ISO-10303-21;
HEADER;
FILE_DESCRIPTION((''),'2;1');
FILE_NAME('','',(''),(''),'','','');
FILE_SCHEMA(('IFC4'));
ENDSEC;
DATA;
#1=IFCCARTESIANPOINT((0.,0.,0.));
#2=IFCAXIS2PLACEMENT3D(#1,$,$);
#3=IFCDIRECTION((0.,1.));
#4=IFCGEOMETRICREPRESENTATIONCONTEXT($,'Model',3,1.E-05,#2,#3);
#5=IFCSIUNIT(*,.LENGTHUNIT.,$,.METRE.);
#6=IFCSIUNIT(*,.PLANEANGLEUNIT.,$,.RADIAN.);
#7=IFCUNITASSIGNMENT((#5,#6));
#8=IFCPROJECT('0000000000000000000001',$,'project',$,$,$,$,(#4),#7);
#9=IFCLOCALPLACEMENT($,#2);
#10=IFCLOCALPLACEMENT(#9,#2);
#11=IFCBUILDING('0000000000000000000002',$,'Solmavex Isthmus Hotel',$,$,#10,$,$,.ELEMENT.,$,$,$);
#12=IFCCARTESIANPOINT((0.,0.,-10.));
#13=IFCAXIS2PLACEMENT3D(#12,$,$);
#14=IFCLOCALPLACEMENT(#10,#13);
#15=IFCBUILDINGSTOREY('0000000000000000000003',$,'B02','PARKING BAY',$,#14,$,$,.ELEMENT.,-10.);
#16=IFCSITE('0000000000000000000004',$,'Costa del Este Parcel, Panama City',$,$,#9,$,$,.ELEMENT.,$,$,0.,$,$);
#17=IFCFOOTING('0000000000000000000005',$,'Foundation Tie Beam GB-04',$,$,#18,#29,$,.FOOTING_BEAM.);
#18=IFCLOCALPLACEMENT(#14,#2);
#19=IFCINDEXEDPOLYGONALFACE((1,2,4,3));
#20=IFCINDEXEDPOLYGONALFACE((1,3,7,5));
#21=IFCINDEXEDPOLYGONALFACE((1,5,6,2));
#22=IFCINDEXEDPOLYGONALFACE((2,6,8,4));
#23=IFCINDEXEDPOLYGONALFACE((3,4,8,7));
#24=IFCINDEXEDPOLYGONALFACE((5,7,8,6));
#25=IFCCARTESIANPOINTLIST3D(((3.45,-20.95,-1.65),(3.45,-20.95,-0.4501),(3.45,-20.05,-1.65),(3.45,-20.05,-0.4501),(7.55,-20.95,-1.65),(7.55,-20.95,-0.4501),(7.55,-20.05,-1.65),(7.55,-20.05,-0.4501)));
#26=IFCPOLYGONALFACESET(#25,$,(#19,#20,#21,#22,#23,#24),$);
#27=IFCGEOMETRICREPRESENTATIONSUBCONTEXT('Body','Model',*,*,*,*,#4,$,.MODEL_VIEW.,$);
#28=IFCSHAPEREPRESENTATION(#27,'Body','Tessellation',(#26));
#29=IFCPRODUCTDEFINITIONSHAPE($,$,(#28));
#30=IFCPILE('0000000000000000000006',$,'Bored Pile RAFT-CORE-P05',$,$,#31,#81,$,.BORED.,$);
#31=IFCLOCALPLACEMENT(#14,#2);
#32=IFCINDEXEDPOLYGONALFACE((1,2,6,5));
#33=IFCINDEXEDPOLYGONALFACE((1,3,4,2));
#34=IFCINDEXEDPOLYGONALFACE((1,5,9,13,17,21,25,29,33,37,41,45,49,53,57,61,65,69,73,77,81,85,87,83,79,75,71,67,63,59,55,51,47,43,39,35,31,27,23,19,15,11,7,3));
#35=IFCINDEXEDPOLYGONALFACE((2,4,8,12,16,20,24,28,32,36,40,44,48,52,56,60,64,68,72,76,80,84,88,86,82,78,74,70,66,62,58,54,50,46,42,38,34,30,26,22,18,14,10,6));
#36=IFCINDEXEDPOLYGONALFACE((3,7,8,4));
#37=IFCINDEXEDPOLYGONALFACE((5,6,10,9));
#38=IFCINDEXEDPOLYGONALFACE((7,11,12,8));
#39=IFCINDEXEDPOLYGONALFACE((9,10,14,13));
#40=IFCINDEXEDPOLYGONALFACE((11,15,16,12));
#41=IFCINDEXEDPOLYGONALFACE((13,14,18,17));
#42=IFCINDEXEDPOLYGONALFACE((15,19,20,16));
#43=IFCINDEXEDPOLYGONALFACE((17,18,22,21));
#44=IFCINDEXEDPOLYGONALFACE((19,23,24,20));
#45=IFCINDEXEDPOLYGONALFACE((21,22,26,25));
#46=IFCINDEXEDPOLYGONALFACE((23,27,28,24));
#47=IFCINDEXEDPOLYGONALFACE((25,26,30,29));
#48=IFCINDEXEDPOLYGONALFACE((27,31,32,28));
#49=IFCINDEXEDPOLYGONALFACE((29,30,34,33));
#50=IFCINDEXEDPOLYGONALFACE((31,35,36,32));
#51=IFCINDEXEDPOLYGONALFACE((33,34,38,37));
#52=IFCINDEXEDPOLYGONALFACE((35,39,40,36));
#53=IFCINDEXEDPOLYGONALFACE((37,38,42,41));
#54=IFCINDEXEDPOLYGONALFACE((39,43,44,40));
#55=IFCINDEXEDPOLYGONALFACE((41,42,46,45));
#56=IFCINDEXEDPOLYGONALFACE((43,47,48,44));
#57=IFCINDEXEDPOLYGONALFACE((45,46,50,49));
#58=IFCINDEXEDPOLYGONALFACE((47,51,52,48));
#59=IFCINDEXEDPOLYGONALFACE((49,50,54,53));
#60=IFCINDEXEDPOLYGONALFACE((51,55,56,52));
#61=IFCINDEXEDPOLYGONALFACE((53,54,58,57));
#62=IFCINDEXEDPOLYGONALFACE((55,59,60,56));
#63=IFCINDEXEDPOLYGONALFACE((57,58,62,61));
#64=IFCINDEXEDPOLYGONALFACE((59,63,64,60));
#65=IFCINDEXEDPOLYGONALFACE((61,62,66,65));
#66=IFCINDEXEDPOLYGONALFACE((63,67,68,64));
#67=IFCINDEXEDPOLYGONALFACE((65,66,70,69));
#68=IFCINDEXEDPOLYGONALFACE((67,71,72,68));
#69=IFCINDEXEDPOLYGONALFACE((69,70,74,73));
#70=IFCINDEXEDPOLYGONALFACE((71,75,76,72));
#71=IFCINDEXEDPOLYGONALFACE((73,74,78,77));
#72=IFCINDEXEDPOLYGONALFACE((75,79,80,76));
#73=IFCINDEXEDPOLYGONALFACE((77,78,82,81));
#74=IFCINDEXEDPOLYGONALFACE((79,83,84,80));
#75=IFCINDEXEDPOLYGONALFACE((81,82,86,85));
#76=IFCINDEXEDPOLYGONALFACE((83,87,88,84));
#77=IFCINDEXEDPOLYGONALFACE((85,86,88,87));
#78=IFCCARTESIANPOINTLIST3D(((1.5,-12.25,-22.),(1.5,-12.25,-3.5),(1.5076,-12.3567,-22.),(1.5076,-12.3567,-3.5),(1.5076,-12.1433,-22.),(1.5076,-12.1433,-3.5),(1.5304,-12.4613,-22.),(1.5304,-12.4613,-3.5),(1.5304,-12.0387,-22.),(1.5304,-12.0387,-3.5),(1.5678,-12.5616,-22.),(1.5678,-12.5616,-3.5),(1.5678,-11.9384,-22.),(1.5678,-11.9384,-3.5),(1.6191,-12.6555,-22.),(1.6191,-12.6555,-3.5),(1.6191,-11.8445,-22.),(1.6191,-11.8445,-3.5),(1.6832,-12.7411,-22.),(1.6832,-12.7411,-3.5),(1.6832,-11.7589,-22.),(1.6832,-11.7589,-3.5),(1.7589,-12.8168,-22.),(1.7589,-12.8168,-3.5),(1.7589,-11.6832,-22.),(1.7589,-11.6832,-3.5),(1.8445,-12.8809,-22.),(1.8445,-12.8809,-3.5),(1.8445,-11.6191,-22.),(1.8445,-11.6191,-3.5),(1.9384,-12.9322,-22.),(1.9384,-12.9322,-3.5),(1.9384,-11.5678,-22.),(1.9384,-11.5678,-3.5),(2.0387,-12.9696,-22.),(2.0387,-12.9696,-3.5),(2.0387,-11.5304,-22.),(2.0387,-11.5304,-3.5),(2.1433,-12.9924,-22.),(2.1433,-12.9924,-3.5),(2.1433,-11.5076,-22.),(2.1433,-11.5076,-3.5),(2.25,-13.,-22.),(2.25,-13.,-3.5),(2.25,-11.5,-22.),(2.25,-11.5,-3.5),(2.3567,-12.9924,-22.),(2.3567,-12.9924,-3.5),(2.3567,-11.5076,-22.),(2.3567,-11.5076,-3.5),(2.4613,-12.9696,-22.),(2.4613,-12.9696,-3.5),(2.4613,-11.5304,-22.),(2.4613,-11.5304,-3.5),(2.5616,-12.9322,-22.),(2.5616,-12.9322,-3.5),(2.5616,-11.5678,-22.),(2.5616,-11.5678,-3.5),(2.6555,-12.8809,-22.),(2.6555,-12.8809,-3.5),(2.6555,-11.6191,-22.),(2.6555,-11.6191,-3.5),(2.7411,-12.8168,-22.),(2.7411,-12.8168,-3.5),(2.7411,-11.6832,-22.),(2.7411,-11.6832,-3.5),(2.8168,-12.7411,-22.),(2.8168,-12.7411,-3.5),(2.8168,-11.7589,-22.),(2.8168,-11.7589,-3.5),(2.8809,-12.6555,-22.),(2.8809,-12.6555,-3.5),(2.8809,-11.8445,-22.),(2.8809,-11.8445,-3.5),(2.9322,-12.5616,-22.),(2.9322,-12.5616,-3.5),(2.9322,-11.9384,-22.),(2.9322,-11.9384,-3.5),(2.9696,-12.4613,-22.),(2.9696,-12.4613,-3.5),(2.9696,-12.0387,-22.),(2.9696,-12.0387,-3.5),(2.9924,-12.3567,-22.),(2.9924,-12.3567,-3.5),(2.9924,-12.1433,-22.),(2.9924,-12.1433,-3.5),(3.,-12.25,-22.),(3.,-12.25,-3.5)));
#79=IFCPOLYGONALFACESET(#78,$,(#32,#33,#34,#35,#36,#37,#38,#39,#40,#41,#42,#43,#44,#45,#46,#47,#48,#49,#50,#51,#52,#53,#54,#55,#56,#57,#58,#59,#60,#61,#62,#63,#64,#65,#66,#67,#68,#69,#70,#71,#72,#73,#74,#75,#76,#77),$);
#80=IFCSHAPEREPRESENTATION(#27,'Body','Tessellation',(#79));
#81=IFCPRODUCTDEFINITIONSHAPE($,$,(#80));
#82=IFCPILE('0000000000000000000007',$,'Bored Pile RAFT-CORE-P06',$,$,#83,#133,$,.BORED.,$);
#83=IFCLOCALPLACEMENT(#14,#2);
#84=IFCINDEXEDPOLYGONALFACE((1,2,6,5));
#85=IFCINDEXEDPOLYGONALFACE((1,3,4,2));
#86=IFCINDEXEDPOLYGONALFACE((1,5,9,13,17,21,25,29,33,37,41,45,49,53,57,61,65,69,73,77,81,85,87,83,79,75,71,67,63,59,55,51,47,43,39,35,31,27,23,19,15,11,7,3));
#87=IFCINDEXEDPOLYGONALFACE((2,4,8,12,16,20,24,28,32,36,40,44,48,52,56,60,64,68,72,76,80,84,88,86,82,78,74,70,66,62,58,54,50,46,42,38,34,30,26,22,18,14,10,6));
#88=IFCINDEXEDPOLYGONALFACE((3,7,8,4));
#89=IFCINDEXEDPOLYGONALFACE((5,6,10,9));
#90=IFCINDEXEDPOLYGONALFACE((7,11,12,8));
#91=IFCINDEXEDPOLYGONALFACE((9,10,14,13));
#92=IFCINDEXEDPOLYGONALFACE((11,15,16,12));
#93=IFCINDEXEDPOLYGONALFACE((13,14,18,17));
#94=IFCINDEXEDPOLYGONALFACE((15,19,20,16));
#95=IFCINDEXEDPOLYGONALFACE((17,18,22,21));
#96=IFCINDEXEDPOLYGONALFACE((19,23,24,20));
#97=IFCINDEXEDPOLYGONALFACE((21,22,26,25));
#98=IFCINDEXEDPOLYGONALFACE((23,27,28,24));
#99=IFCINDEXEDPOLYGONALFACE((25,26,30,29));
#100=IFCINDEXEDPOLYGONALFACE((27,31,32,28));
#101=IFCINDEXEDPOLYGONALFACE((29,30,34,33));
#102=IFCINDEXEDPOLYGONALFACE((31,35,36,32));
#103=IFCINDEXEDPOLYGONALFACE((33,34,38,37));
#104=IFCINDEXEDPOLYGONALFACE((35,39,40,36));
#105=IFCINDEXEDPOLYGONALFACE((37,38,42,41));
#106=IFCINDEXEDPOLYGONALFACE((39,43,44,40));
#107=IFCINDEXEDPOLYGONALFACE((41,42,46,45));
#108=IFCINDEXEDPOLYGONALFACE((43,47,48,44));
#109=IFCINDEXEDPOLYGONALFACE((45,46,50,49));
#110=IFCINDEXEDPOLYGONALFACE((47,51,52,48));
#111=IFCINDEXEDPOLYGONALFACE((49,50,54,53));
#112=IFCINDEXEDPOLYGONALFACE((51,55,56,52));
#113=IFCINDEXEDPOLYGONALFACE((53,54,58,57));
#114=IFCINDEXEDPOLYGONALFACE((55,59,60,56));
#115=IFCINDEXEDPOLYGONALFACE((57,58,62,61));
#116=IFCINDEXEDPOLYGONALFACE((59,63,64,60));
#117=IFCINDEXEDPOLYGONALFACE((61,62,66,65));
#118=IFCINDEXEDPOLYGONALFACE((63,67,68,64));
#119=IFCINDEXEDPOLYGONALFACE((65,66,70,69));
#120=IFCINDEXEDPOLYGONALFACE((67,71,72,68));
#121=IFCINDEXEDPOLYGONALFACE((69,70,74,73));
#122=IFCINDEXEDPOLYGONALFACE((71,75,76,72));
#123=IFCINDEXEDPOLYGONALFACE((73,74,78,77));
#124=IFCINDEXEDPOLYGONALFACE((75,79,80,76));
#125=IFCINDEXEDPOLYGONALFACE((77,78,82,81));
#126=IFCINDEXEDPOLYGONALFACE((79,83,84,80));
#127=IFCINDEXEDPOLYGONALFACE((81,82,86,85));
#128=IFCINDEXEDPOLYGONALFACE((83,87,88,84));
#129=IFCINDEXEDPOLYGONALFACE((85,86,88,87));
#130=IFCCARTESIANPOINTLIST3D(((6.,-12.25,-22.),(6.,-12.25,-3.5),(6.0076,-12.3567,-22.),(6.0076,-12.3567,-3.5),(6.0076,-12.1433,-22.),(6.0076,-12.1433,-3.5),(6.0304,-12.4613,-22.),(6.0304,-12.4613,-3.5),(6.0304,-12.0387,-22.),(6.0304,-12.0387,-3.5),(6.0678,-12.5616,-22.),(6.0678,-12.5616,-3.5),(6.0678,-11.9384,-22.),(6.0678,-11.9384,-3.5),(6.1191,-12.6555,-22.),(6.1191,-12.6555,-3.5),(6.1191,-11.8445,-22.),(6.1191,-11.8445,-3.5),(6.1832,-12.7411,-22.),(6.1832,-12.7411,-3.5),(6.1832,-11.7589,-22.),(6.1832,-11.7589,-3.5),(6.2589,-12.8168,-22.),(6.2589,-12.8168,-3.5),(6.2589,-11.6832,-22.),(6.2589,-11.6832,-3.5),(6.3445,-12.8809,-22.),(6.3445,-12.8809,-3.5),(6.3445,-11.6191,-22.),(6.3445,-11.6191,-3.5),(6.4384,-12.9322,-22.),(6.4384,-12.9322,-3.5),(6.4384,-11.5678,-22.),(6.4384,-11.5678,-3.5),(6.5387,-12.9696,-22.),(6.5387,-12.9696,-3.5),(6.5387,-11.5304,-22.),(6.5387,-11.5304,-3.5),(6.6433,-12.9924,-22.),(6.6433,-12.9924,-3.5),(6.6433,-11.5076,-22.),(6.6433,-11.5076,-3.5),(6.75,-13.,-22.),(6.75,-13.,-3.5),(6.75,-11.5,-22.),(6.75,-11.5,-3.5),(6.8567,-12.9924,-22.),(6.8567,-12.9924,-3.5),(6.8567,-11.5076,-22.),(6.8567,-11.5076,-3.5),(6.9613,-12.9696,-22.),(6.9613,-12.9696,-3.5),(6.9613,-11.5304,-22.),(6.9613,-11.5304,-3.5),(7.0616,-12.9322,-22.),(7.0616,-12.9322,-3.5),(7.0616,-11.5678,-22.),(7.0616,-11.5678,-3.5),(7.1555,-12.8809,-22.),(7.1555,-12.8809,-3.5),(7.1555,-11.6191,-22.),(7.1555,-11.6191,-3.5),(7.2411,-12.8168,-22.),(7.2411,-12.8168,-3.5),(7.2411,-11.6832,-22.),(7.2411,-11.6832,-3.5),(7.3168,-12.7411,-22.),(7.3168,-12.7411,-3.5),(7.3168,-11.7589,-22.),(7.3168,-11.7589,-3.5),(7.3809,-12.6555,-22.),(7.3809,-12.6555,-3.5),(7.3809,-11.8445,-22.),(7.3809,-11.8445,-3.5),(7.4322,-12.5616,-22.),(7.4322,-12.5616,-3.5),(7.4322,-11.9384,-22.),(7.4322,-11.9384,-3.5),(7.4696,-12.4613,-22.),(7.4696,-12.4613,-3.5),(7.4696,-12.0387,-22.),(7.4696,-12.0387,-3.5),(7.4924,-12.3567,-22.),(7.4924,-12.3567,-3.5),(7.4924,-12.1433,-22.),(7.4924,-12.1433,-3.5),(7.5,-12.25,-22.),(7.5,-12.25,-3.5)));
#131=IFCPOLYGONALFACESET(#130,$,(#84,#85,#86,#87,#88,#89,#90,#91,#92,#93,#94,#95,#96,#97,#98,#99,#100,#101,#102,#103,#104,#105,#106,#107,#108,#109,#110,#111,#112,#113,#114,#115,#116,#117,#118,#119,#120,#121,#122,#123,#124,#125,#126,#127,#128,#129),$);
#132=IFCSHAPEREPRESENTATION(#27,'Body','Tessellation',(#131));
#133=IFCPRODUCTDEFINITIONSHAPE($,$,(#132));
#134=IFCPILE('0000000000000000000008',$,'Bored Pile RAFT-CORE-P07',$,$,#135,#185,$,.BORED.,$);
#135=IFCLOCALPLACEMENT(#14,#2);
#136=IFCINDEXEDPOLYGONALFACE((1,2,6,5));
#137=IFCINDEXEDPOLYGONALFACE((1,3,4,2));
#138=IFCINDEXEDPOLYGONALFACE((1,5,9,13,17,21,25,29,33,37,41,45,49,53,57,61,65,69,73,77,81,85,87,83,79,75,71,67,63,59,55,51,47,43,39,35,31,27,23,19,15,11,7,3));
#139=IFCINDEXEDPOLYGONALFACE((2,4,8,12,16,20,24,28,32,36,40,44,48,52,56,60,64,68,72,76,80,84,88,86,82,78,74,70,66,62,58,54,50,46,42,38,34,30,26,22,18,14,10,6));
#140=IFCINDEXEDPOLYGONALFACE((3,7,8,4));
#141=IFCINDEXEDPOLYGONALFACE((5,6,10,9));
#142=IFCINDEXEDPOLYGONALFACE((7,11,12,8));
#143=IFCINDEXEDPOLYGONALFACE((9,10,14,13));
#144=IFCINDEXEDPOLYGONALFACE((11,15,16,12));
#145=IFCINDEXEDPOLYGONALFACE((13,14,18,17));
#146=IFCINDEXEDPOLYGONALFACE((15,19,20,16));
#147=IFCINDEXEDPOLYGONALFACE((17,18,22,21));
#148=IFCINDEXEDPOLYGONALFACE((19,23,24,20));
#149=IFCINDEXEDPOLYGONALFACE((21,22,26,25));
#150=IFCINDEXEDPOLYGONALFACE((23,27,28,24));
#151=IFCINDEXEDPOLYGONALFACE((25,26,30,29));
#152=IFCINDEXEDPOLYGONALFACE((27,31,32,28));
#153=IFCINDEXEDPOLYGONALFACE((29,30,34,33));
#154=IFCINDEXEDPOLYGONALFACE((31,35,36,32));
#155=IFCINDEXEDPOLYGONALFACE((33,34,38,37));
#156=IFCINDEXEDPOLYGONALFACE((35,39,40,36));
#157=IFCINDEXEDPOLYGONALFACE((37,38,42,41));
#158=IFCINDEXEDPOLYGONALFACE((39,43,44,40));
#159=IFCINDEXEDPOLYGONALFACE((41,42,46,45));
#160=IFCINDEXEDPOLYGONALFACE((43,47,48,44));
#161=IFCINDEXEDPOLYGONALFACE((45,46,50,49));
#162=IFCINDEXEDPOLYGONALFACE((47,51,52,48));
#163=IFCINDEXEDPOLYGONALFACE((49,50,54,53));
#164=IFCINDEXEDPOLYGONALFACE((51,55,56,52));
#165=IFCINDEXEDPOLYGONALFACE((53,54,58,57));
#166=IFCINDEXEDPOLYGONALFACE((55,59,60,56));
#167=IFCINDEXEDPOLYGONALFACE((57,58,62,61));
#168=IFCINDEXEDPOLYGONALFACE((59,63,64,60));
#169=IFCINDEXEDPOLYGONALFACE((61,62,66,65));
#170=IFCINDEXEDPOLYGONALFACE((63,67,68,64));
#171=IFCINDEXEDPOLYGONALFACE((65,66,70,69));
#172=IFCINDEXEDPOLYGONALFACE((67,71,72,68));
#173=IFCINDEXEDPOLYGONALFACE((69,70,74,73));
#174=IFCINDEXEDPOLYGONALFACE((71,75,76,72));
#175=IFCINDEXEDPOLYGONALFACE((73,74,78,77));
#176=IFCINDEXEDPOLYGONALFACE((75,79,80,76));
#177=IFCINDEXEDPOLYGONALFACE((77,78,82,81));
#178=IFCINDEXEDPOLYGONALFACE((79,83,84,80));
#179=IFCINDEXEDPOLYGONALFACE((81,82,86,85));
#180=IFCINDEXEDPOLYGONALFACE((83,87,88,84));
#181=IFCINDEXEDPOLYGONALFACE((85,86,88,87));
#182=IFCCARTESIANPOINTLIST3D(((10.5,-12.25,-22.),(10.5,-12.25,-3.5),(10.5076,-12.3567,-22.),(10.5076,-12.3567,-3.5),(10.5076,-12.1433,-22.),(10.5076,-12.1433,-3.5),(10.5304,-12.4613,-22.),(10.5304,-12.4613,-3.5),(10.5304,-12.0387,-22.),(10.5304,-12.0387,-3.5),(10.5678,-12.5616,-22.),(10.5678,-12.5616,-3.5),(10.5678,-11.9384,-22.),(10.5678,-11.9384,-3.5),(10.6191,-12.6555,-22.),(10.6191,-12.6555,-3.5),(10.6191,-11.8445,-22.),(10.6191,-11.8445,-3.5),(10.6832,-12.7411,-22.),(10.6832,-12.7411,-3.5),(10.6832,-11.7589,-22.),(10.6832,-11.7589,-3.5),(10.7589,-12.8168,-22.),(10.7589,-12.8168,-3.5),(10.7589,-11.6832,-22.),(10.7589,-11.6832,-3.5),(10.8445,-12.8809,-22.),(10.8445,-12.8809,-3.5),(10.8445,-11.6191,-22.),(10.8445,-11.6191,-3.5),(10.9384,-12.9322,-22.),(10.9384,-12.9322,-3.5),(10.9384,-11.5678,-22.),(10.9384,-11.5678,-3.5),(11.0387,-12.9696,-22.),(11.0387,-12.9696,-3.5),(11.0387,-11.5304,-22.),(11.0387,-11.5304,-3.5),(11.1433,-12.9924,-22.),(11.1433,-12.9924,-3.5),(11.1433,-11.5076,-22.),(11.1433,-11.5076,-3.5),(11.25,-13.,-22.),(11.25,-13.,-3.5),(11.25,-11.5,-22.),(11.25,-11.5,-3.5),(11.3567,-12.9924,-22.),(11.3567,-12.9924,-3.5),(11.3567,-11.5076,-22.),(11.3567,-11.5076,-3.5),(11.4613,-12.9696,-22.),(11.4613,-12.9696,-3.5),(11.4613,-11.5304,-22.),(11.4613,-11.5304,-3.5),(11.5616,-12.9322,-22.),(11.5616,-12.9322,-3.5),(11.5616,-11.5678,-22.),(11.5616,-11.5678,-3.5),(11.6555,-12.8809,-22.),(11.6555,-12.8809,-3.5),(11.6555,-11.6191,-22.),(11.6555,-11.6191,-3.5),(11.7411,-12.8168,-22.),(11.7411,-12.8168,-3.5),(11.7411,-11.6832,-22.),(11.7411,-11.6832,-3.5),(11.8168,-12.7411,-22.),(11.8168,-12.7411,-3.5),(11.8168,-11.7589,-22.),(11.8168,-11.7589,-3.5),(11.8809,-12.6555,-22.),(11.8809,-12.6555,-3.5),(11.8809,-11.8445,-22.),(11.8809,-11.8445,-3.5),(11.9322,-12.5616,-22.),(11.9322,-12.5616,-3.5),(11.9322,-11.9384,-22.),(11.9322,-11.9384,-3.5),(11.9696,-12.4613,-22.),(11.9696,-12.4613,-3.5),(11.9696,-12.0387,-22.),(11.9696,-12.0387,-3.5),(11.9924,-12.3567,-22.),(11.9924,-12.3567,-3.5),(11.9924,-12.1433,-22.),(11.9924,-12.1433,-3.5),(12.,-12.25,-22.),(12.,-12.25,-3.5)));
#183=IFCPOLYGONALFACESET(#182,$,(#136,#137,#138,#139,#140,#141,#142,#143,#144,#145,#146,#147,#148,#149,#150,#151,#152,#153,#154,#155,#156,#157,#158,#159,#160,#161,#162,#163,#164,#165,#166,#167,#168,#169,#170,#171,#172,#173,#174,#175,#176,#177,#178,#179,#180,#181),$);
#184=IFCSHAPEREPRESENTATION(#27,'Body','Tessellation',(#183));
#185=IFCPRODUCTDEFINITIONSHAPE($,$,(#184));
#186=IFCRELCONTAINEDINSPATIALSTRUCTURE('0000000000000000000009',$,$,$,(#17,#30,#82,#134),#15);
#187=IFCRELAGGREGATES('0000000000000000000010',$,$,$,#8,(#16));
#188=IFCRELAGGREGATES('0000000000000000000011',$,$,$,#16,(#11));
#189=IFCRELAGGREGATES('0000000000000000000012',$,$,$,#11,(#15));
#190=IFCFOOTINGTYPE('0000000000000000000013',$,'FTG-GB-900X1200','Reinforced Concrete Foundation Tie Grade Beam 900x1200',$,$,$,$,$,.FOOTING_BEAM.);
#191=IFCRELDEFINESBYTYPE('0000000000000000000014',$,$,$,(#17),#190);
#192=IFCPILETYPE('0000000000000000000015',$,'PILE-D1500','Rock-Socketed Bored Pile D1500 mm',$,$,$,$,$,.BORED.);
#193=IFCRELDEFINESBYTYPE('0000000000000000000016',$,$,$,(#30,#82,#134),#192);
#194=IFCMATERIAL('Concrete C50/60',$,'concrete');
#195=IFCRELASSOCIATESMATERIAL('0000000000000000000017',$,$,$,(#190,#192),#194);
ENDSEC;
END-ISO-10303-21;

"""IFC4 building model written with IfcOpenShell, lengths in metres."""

from ifc_helpers import new_model, si_unit, direction, frame, origin, origin_2d, place, context, subcontext, project, spatial, rectangle, circle, extrude, material, material_profile, profile_set, type_object, element, save


model = new_model("IFC4")

# Units and contexts
model_context = context("Model", 3, precision=1e-05, world=origin(), true_north=direction((0.0, 1.0)))
body_context = subcontext(model_context, "Body", "Model", "MODEL_VIEW")
ifc_project = project(units=[si_unit("LENGTHUNIT", "METRE"), si_unit("PLANEANGLEUNIT", "RADIAN")], contexts=[model_context])

# Site, building, storey
site_placement = place(None, origin())
site = spatial("IfcSite", under=ifc_project, at=site_placement, Name="Costa del Este Parcel, Panama City", CompositionType="ELEMENT", RefElevation=0.0)
building_placement = place(site_placement, origin())
building = spatial("IfcBuilding", under=site, at=building_placement, Name="Solmavex Isthmus Hotel", CompositionType="ELEMENT")
storey_placement = place(building_placement, frame((0.0, 0.0, -10.0)))
storey = spatial("IfcBuildingStorey", under=building, at=storey_placement, Name="B02", Description="PARKING BAY", CompositionType="ELEMENT", Elevation=-10.0)

# Footing
ifc_material_1 = material(Name="Concrete C50/60", Category="concrete")
footing_type = type_object("IfcFootingType", Name="FTG-GB-900X1200", Description="Reinforced Concrete Foundation Tie Grade Beam 900x1200", PredefinedType="FOOTING_BEAM", material=ifc_material_1)
footing_placement = place(storey_placement, frame((3.45, -20.5, -1.05), z_axis=(1.0, 0.0, 0.0), x_axis=(0.0, 1.0, 0.0)))
element("IfcFooting", 1, at=footing_placement, inside=storey, type_object=footing_type, Name="Foundation Tie Beam GB-04", PredefinedType="FOOTING_BEAM", context=body_context, shape_type="SweptSolid", body=[
    extrude(rectangle(XDim=0.8999, YDim=1.2, at=origin_2d()), origin(), (0.0, 0.0, 1.0), 4.1001),
])

# Piles
ifc_material_profile_1 = material_profile(ifc_material_1, circle(Radius=0.75, at=origin_2d()), Name="PILE1500")
ifc_profile_set_1 = profile_set([ifc_material_profile_1], Name="Concrete C50/60")
pile_type = type_object("IfcPileType", Name="PILE-D1500", Description="Rock-Socketed Bored Pile D1500 mm", PredefinedType="BORED", material=ifc_profile_set_1)
for number, where, z_axis, x_axis, name in (
    (2, (2.25, -12.25, -3.5), (0.0, 0.0, -1.0), (1.0, 0.0, 0.0), "Bored Pile RAFT-CORE-P05"),
    (3, (6.75, -12.25, -3.5), (0.0, 0.0, -1.0), (1.0, 0.0, 0.0), "Bored Pile RAFT-CORE-P06"),
    (4, (11.25, -12.25, -3.5), (0.0, 0.0, -1.0), (1.0, 0.0, 0.0), "Bored Pile RAFT-CORE-P07"),
):
    element("IfcPile", number, at=place(storey_placement, frame(where, z_axis=z_axis, x_axis=x_axis)), inside=storey, type_object=pile_type, Name=name, PredefinedType="BORED", context=body_context, shape_type="SweptSolid", body=[
        extrude(circle(Radius=0.75, at=origin_2d()), origin(), (0.0, 0.0, 1.0), 18.5),
    ])

save(model, "model.ifc")
